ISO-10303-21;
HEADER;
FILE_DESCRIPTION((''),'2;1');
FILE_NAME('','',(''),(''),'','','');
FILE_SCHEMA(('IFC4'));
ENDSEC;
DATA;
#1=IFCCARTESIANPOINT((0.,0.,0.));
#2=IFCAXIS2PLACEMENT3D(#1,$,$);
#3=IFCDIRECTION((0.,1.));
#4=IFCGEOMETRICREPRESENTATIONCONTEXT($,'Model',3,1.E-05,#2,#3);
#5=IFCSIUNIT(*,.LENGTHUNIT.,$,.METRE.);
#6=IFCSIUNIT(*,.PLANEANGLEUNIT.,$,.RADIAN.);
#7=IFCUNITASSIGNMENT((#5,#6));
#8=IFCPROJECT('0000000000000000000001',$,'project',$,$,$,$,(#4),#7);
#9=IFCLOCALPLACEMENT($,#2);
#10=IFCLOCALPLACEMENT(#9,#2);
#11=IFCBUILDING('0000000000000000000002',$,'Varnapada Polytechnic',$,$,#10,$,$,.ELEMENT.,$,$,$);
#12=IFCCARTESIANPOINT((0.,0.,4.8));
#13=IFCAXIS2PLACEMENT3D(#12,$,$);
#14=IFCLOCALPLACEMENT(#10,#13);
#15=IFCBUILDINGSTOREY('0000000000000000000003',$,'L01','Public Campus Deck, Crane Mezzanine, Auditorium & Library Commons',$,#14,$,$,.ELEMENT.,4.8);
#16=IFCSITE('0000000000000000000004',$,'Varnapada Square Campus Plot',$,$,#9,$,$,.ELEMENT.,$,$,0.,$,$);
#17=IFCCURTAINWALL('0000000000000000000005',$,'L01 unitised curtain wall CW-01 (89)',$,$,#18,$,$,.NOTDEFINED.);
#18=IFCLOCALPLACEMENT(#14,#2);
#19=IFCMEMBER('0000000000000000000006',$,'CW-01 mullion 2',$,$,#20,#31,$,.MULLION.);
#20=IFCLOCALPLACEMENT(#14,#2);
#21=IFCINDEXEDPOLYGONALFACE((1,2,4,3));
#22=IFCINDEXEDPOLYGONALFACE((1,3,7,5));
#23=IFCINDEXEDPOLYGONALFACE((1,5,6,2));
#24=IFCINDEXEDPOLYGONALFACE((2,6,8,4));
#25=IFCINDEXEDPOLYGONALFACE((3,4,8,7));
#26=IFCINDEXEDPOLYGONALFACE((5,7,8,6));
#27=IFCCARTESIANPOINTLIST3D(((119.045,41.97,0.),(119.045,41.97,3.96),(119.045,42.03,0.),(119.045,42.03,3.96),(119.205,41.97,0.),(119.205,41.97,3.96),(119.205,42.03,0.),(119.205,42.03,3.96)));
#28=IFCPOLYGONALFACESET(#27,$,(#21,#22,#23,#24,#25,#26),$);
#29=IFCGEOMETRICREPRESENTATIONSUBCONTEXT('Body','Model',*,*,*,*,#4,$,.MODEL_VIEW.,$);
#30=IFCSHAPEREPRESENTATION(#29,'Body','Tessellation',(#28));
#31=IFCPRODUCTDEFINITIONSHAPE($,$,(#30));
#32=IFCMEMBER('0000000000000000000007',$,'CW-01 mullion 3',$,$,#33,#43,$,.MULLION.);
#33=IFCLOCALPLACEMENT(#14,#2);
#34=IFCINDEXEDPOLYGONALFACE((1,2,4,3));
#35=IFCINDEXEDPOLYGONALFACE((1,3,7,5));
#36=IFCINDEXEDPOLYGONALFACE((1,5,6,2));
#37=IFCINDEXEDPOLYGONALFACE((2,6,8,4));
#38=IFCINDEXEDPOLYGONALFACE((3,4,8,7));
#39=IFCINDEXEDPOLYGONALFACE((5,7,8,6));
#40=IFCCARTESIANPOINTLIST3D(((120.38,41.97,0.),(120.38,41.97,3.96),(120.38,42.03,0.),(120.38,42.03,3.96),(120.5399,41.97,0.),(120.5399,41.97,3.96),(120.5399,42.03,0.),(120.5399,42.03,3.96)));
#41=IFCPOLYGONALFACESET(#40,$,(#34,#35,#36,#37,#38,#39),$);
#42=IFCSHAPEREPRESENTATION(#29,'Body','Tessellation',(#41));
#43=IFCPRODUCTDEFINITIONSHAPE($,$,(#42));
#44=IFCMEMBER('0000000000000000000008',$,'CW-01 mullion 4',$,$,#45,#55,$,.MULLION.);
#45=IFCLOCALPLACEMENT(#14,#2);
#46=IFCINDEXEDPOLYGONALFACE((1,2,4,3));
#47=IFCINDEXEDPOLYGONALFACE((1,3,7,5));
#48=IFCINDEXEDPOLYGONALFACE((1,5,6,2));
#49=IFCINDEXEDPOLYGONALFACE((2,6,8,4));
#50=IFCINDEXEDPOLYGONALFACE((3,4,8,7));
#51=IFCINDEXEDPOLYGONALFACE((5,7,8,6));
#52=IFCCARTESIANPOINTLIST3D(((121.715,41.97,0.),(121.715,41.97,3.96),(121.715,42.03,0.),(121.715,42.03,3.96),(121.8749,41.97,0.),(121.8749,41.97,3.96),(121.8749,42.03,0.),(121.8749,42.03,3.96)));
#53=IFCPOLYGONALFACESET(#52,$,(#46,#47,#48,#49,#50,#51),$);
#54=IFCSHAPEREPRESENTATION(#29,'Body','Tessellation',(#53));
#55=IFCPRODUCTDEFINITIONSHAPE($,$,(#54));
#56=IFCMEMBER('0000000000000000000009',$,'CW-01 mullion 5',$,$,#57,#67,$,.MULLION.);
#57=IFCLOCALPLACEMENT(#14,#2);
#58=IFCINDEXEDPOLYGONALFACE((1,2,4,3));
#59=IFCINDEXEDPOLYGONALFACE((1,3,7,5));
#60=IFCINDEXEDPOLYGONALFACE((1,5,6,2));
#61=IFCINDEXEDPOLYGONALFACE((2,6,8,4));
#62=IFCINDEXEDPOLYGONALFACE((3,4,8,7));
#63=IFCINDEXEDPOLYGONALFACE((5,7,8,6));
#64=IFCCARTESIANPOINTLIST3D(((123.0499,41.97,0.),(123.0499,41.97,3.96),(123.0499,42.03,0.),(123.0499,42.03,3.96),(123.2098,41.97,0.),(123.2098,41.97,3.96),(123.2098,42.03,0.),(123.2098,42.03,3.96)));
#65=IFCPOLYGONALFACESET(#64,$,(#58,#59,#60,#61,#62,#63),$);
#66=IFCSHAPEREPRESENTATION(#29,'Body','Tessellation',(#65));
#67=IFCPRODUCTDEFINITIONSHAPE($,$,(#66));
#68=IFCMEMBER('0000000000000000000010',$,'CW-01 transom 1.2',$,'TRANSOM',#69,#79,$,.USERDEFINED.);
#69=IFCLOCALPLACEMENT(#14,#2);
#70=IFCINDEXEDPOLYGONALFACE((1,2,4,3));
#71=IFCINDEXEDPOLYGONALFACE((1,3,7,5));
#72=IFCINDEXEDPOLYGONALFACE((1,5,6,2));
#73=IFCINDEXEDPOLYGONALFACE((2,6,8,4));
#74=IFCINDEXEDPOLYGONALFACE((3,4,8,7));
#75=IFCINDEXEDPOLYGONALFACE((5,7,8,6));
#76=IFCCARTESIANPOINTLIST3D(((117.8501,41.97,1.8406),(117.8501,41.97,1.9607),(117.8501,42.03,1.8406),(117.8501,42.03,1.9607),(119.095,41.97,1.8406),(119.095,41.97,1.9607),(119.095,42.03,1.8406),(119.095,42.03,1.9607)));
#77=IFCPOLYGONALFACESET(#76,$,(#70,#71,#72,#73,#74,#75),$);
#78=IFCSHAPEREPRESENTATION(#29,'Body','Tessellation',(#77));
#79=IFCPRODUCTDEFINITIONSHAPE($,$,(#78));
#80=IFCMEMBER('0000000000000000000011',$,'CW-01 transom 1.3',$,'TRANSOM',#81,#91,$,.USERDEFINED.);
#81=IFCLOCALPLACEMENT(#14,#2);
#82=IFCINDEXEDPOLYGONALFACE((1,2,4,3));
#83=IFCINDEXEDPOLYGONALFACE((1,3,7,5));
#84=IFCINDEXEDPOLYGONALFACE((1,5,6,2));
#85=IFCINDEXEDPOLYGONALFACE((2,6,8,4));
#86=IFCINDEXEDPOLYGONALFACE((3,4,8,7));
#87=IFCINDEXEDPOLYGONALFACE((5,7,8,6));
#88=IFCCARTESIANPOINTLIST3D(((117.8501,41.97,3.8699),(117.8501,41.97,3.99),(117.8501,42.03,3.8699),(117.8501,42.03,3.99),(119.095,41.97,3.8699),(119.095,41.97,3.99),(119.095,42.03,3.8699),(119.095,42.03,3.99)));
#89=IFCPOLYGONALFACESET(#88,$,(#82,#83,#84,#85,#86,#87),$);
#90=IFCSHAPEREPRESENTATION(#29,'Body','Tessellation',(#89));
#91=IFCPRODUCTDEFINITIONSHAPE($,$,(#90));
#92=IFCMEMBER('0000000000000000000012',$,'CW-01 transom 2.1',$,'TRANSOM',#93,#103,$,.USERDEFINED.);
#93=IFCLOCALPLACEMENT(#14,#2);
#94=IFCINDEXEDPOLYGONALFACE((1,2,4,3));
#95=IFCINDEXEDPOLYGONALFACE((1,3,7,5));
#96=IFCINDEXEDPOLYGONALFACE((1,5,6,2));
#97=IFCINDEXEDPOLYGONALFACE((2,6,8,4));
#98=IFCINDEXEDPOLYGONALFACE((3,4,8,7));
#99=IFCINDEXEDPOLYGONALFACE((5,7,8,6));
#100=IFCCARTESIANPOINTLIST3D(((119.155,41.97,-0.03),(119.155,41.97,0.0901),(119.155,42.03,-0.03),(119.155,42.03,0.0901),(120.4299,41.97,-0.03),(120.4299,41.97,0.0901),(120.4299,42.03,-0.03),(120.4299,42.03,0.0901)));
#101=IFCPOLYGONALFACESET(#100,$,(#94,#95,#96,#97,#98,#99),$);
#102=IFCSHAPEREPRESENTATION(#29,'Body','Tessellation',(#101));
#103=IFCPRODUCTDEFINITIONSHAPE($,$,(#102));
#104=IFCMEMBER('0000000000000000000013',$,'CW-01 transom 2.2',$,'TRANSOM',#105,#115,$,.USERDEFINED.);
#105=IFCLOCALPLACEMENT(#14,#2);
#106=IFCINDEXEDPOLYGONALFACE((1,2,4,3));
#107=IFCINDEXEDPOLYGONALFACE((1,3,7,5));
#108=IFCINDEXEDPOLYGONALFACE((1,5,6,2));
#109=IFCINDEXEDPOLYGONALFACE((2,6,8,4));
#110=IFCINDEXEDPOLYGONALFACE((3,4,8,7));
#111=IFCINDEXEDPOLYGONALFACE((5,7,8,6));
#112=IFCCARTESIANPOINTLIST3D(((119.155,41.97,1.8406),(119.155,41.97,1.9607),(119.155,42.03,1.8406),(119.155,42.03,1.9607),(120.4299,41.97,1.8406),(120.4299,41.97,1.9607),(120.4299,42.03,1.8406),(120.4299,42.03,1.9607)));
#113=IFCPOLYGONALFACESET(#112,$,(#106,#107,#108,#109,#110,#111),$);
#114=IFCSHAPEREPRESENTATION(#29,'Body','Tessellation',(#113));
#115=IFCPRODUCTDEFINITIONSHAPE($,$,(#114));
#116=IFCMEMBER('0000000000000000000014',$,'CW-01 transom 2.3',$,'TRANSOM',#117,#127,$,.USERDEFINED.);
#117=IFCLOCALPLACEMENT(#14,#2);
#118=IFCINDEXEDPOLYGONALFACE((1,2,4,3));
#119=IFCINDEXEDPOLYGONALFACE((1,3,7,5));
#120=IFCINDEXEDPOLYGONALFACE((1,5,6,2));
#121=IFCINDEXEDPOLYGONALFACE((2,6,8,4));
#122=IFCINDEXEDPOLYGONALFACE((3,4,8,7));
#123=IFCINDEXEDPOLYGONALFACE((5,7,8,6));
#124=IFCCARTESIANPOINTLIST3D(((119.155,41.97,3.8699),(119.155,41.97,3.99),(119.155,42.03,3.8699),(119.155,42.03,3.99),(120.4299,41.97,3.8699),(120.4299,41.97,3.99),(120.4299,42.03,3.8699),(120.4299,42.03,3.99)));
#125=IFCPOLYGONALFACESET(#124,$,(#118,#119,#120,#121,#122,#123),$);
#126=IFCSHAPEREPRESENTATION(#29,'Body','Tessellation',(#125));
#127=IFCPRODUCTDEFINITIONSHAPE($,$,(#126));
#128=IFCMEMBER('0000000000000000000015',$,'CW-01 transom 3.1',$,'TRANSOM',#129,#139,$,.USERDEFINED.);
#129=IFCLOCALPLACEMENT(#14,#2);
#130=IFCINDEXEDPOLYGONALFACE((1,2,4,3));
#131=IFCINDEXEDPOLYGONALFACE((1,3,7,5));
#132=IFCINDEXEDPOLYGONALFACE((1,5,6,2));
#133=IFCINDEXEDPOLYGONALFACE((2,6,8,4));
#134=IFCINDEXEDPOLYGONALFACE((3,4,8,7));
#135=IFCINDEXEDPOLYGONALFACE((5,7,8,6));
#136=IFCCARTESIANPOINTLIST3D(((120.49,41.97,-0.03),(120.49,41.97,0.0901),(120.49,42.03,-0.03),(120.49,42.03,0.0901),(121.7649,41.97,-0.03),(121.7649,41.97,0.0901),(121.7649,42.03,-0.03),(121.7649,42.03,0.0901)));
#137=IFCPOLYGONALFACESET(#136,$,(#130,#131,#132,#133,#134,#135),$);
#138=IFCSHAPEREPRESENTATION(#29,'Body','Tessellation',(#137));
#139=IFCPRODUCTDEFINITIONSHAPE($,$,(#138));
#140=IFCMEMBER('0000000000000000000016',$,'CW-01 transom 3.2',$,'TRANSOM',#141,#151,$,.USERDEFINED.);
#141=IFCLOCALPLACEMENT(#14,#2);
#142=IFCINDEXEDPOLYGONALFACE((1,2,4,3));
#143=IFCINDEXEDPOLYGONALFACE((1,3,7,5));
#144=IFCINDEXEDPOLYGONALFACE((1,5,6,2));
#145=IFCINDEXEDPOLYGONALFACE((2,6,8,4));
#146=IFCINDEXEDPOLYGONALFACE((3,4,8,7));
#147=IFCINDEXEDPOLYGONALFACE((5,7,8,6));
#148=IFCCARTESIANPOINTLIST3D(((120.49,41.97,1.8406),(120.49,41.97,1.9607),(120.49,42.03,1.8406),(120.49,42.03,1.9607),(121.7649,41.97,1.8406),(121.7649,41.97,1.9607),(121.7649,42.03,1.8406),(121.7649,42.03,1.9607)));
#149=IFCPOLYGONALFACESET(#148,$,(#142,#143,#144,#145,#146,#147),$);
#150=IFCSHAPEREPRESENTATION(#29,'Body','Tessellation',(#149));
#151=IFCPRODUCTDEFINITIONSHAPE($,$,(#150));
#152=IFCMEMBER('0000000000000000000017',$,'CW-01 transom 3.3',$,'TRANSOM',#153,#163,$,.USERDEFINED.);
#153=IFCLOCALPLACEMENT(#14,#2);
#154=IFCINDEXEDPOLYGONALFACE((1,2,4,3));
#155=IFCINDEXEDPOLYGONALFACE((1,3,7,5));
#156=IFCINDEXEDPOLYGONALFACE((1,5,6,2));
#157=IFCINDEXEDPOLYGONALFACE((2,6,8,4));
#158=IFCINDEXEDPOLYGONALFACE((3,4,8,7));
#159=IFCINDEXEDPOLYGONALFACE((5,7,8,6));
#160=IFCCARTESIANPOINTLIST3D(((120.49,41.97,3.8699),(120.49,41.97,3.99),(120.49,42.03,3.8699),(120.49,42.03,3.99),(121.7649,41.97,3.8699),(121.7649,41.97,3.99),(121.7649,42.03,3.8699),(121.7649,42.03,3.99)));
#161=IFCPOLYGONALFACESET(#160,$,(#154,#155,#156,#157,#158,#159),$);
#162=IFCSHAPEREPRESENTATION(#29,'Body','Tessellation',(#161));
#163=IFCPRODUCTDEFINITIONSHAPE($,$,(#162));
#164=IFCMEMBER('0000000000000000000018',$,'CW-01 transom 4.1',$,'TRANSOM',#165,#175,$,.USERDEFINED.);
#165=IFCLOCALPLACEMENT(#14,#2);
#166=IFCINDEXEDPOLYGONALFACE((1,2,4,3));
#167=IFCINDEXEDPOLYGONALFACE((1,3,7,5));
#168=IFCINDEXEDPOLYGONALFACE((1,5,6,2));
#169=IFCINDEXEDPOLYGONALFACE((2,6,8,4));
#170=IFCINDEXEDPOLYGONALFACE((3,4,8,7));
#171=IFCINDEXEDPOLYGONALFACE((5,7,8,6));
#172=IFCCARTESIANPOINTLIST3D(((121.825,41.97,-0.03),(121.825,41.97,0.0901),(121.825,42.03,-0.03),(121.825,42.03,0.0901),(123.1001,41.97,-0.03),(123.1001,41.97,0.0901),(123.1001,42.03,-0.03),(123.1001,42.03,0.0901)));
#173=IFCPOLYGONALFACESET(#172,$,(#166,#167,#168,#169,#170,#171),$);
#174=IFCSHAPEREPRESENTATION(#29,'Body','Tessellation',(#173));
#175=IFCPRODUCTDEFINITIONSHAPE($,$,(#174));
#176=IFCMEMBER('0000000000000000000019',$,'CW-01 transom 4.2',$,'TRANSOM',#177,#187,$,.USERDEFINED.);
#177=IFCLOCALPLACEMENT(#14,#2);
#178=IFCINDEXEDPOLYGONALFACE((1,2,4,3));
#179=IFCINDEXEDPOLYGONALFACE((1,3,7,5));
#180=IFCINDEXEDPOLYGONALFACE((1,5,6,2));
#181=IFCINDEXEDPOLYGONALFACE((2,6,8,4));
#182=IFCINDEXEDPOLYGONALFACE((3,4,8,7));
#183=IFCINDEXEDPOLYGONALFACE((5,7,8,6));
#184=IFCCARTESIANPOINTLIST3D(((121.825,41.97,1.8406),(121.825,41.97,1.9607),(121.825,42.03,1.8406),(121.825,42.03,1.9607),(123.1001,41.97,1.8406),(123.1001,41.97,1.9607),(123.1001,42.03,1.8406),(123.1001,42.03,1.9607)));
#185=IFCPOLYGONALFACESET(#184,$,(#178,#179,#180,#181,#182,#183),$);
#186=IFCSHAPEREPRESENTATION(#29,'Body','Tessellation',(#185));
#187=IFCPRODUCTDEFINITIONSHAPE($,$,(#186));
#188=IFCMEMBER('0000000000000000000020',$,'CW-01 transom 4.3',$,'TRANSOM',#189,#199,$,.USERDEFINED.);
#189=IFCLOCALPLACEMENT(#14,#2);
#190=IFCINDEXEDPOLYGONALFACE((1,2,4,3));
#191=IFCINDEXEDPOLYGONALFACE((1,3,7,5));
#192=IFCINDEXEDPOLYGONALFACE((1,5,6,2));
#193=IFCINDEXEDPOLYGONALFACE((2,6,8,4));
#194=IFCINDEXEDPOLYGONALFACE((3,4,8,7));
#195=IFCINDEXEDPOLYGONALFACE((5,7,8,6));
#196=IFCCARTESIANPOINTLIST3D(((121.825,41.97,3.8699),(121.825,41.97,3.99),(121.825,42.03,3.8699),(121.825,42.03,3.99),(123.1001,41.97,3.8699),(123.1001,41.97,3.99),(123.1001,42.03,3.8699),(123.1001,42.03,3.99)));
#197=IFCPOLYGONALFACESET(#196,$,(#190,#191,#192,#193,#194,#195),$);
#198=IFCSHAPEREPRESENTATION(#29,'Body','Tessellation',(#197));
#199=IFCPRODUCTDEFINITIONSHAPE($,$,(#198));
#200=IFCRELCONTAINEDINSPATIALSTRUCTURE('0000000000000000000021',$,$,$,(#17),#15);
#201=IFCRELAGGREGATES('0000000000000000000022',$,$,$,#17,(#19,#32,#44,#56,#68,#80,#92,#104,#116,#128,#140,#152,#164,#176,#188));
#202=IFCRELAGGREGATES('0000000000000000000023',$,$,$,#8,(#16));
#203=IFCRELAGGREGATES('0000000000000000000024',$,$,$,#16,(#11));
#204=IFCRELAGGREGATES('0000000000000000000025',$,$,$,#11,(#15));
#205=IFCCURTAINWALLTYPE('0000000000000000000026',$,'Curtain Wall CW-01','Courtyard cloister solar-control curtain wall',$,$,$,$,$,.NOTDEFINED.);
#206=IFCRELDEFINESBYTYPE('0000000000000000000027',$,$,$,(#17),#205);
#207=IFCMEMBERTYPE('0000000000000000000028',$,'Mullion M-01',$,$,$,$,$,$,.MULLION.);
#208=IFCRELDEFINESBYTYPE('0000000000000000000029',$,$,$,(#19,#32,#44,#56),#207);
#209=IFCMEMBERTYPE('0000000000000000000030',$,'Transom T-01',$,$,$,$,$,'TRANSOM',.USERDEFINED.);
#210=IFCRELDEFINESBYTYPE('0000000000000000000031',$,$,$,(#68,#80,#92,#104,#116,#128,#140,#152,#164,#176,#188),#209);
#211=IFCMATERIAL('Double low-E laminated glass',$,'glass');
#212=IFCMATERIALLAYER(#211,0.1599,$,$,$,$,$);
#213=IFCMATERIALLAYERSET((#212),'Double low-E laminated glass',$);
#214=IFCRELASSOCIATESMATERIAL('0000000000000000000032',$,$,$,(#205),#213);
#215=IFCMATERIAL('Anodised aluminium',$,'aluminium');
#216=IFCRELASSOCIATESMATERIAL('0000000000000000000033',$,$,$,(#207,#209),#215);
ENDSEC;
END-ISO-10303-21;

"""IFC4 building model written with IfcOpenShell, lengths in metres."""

from ifc_helpers import new_model, si_unit, direction, frame, origin, origin_2d, place, context, subcontext, project, spatial, rectangle, extrude, material, layer, layer_set, material_profile, profile_set, type_object, element, aggregate, save


model = new_model("IFC4")

# Units and contexts
model_context = context("Model", 3, precision=1e-05, world=origin(), true_north=direction((0.0, 1.0)))
body_context = subcontext(model_context, "Body", "Model", "MODEL_VIEW")
ifc_project = project(units=[si_unit("LENGTHUNIT", "METRE"), si_unit("PLANEANGLEUNIT", "RADIAN")], contexts=[model_context])

# Site, building, storey
site_placement = place(None, origin())
site = spatial("IfcSite", under=ifc_project, at=site_placement, Name="Varnapada Square Campus Plot", CompositionType="ELEMENT", RefElevation=0.0)
building_placement = place(site_placement, origin())
building = spatial("IfcBuilding", under=site, at=building_placement, Name="Varnapada Polytechnic", CompositionType="ELEMENT")
storey_placement = place(building_placement, frame((0.0, 0.0, 4.8)))
storey = spatial("IfcBuildingStorey", under=building, at=storey_placement, Name="L01", Description="Public Campus Deck, Crane Mezzanine, Auditorium & Library Commons", CompositionType="ELEMENT", Elevation=4.8)

# Curtain wall, members
ifc_material_1 = material(Name="Double low-E laminated glass", Category="glass")
ifc_layer_1 = layer(ifc_material_1, 0.1599)
ifc_layer_set_1 = layer_set([ifc_layer_1], Name="Double low-E laminated glass")
curtain_wall_type = type_object("IfcCurtainWallType", Name="Curtain Wall CW-01", Description="Courtyard cloister solar-control curtain wall", PredefinedType="NOTDEFINED", material=ifc_layer_set_1)
curtain_wall_placement = place(storey_placement, origin())
curtain_wall = element("IfcCurtainWall", 1, at=curtain_wall_placement, inside=storey, type_object=curtain_wall_type, Name="L01 unitised curtain wall CW-01 (89)", PredefinedType="NOTDEFINED")
ifc_material_2 = material(Name="Anodised aluminium", Category="aluminium")
ifc_material_profile_1 = material_profile(ifc_material_2, rectangle(XDim=0.0601, YDim=0.1599, at=origin_2d()), Name="ALU M60x160")
ifc_profile_set_1 = profile_set([ifc_material_profile_1], Name="Anodised aluminium")
member_type_1 = type_object("IfcMemberType", Name="Mullion M-01", PredefinedType="MULLION", material=ifc_profile_set_1)
member_1_placement = place(storey_placement, frame((119.125, 42.0, 0.0), z_axis=(0.0, 0.0, 1.0), x_axis=(0.0, 1.0, 0.0)))
member_1 = element("IfcMember", 2, at=member_1_placement, type_object=member_type_1, Name="CW-01 mullion 2", PredefinedType="MULLION", context=body_context, shape_type="SweptSolid", body=[
    extrude(rectangle(XDim=0.0601, YDim=0.1599, at=origin_2d()), origin(), (0.0, 0.0, 1.0), 3.96),
])
member_2_placement = place(storey_placement, frame((120.46, 42.0, 0.0), z_axis=(0.0, 0.0, 1.0), x_axis=(0.0, 1.0, 0.0)))
member_2 = element("IfcMember", 3, at=member_2_placement, type_object=member_type_1, Name="CW-01 mullion 3", PredefinedType="MULLION", context=body_context, shape_type="SweptSolid", body=[
    extrude(rectangle(XDim=0.0601, YDim=0.1599, at=origin_2d()), origin(), (0.0, 0.0, 1.0), 3.96),
])
member_3_placement = place(storey_placement, frame((121.7949, 42.0, 0.0), z_axis=(0.0, 0.0, 1.0), x_axis=(0.0, 1.0, 0.0)))
member_3 = element("IfcMember", 4, at=member_3_placement, type_object=member_type_1, Name="CW-01 mullion 4", PredefinedType="MULLION", context=body_context, shape_type="SweptSolid", body=[
    extrude(rectangle(XDim=0.0601, YDim=0.1599, at=origin_2d()), origin(), (0.0, 0.0, 1.0), 3.96),
])
member_4_placement = place(storey_placement, frame((123.1299, 42.0, 0.0), z_axis=(0.0, 0.0, 1.0), x_axis=(0.0, 1.0, 0.0)))
member_4 = element("IfcMember", 5, at=member_4_placement, type_object=member_type_1, Name="CW-01 mullion 5", PredefinedType="MULLION", context=body_context, shape_type="SweptSolid", body=[
    extrude(rectangle(XDim=0.0601, YDim=0.1599, at=origin_2d()), origin(), (0.0, 0.0, 1.0), 3.96),
])
ifc_material_profile_2 = material_profile(ifc_material_2, rectangle(XDim=0.0601, YDim=0.1201, at=origin_2d()), Name="ALU T60x120")
ifc_profile_set_2 = profile_set([ifc_material_profile_2], Name="Anodised aluminium")
member_type_2 = type_object("IfcMemberType", Name="Transom T-01", ElementType="TRANSOM", PredefinedType="USERDEFINED", material=ifc_profile_set_2)
member_5_placement = place(storey_placement, frame((117.8501, 42.0, 1.9006), z_axis=(1.0, 0.0, 0.0), x_axis=(0.0, 1.0, 0.0)))
member_5 = element("IfcMember", 6, at=member_5_placement, type_object=member_type_2, Name="CW-01 transom 1.2", ObjectType="TRANSOM", PredefinedType="USERDEFINED", context=body_context, shape_type="SweptSolid", body=[
    extrude(rectangle(XDim=0.0601, YDim=0.1201, at=origin_2d()), origin(), (0.0, 0.0, 1.0), 1.2449),
])
member_6_placement = place(storey_placement, frame((117.8501, 42.0, 3.9299), z_axis=(1.0, 0.0, 0.0), x_axis=(0.0, 1.0, 0.0)))
member_6 = element("IfcMember", 7, at=member_6_placement, type_object=member_type_2, Name="CW-01 transom 1.3", ObjectType="TRANSOM", PredefinedType="USERDEFINED", context=body_context, shape_type="SweptSolid", body=[
    extrude(rectangle(XDim=0.0601, YDim=0.1201, at=origin_2d()), origin(), (0.0, 0.0, 1.0), 1.2449),
])
member_7_placement = place(storey_placement, frame((119.155, 42.0, 0.03), z_axis=(1.0, 0.0, 0.0), x_axis=(0.0, 1.0, 0.0)))
member_7 = element("IfcMember", 8, at=member_7_placement, type_object=member_type_2, Name="CW-01 transom 2.1", ObjectType="TRANSOM", PredefinedType="USERDEFINED", context=body_context, shape_type="SweptSolid", body=[
    extrude(rectangle(XDim=0.0601, YDim=0.1201, at=origin_2d()), origin(), (0.0, 0.0, 1.0), 1.2749),
])
member_8_placement = place(storey_placement, frame((119.155, 42.0, 1.9006), z_axis=(1.0, 0.0, 0.0), x_axis=(0.0, 1.0, 0.0)))
member_8 = element("IfcMember", 9, at=member_8_placement, type_object=member_type_2, Name="CW-01 transom 2.2", ObjectType="TRANSOM", PredefinedType="USERDEFINED", context=body_context, shape_type="SweptSolid", body=[
    extrude(rectangle(XDim=0.0601, YDim=0.1201, at=origin_2d()), origin(), (0.0, 0.0, 1.0), 1.2749),
])
member_9_placement = place(storey_placement, frame((119.155, 42.0, 3.9299), z_axis=(1.0, 0.0, 0.0), x_axis=(0.0, 1.0, 0.0)))
member_9 = element("IfcMember", 10, at=member_9_placement, type_object=member_type_2, Name="CW-01 transom 2.3", ObjectType="TRANSOM", PredefinedType="USERDEFINED", context=body_context, shape_type="SweptSolid", body=[
    extrude(rectangle(XDim=0.0601, YDim=0.1201, at=origin_2d()), origin(), (0.0, 0.0, 1.0), 1.2749),
])
member_10_placement = place(storey_placement, frame((120.49, 42.0, 0.03), z_axis=(1.0, 0.0, 0.0), x_axis=(0.0, 1.0, 0.0)))
member_10 = element("IfcMember", 11, at=member_10_placement, type_object=member_type_2, Name="CW-01 transom 3.1", ObjectType="TRANSOM", PredefinedType="USERDEFINED", context=body_context, shape_type="SweptSolid", body=[
    extrude(rectangle(XDim=0.0601, YDim=0.1201, at=origin_2d()), origin(), (0.0, 0.0, 1.0), 1.2749),
])
member_11_placement = place(storey_placement, frame((120.49, 42.0, 1.9006), z_axis=(1.0, 0.0, 0.0), x_axis=(0.0, 1.0, 0.0)))
member_11 = element("IfcMember", 12, at=member_11_placement, type_object=member_type_2, Name="CW-01 transom 3.2", ObjectType="TRANSOM", PredefinedType="USERDEFINED", context=body_context, shape_type="SweptSolid", body=[
    extrude(rectangle(XDim=0.0601, YDim=0.1201, at=origin_2d()), origin(), (0.0, 0.0, 1.0), 1.2749),
])
member_12_placement = place(storey_placement, frame((120.49, 42.0, 3.9299), z_axis=(1.0, 0.0, 0.0), x_axis=(0.0, 1.0, 0.0)))
member_12 = element("IfcMember", 13, at=member_12_placement, type_object=member_type_2, Name="CW-01 transom 3.3", ObjectType="TRANSOM", PredefinedType="USERDEFINED", context=body_context, shape_type="SweptSolid", body=[
    extrude(rectangle(XDim=0.0601, YDim=0.1201, at=origin_2d()), origin(), (0.0, 0.0, 1.0), 1.2749),
])
member_13_placement = place(storey_placement, frame((121.825, 42.0, 0.03), z_axis=(1.0, 0.0, 0.0), x_axis=(0.0, 1.0, 0.0)))
member_13 = element("IfcMember", 14, at=member_13_placement, type_object=member_type_2, Name="CW-01 transom 4.1", ObjectType="TRANSOM", PredefinedType="USERDEFINED", context=body_context, shape_type="SweptSolid", body=[
    extrude(rectangle(XDim=0.0601, YDim=0.1201, at=origin_2d()), origin(), (0.0, 0.0, 1.0), 1.2751),
])
member_14_placement = place(storey_placement, frame((121.825, 42.0, 1.9006), z_axis=(1.0, 0.0, 0.0), x_axis=(0.0, 1.0, 0.0)))
member_14 = element("IfcMember", 15, at=member_14_placement, type_object=member_type_2, Name="CW-01 transom 4.2", ObjectType="TRANSOM", PredefinedType="USERDEFINED", context=body_context, shape_type="SweptSolid", body=[
    extrude(rectangle(XDim=0.0601, YDim=0.1201, at=origin_2d()), origin(), (0.0, 0.0, 1.0), 1.2751),
])
member_15_placement = place(storey_placement, frame((121.825, 42.0, 3.9299), z_axis=(1.0, 0.0, 0.0), x_axis=(0.0, 1.0, 0.0)))
member_15 = element("IfcMember", 16, at=member_15_placement, type_object=member_type_2, Name="CW-01 transom 4.3", ObjectType="TRANSOM", PredefinedType="USERDEFINED", context=body_context, shape_type="SweptSolid", body=[
    extrude(rectangle(XDim=0.0601, YDim=0.1201, at=origin_2d()), origin(), (0.0, 0.0, 1.0), 1.2751),
])
aggregate(curtain_wall, [member_1, member_2, member_3, member_4, member_5, member_6, member_7, member_8, member_9, member_10, member_11, member_12, member_13, member_14, member_15])

save(model, "model.ifc")
